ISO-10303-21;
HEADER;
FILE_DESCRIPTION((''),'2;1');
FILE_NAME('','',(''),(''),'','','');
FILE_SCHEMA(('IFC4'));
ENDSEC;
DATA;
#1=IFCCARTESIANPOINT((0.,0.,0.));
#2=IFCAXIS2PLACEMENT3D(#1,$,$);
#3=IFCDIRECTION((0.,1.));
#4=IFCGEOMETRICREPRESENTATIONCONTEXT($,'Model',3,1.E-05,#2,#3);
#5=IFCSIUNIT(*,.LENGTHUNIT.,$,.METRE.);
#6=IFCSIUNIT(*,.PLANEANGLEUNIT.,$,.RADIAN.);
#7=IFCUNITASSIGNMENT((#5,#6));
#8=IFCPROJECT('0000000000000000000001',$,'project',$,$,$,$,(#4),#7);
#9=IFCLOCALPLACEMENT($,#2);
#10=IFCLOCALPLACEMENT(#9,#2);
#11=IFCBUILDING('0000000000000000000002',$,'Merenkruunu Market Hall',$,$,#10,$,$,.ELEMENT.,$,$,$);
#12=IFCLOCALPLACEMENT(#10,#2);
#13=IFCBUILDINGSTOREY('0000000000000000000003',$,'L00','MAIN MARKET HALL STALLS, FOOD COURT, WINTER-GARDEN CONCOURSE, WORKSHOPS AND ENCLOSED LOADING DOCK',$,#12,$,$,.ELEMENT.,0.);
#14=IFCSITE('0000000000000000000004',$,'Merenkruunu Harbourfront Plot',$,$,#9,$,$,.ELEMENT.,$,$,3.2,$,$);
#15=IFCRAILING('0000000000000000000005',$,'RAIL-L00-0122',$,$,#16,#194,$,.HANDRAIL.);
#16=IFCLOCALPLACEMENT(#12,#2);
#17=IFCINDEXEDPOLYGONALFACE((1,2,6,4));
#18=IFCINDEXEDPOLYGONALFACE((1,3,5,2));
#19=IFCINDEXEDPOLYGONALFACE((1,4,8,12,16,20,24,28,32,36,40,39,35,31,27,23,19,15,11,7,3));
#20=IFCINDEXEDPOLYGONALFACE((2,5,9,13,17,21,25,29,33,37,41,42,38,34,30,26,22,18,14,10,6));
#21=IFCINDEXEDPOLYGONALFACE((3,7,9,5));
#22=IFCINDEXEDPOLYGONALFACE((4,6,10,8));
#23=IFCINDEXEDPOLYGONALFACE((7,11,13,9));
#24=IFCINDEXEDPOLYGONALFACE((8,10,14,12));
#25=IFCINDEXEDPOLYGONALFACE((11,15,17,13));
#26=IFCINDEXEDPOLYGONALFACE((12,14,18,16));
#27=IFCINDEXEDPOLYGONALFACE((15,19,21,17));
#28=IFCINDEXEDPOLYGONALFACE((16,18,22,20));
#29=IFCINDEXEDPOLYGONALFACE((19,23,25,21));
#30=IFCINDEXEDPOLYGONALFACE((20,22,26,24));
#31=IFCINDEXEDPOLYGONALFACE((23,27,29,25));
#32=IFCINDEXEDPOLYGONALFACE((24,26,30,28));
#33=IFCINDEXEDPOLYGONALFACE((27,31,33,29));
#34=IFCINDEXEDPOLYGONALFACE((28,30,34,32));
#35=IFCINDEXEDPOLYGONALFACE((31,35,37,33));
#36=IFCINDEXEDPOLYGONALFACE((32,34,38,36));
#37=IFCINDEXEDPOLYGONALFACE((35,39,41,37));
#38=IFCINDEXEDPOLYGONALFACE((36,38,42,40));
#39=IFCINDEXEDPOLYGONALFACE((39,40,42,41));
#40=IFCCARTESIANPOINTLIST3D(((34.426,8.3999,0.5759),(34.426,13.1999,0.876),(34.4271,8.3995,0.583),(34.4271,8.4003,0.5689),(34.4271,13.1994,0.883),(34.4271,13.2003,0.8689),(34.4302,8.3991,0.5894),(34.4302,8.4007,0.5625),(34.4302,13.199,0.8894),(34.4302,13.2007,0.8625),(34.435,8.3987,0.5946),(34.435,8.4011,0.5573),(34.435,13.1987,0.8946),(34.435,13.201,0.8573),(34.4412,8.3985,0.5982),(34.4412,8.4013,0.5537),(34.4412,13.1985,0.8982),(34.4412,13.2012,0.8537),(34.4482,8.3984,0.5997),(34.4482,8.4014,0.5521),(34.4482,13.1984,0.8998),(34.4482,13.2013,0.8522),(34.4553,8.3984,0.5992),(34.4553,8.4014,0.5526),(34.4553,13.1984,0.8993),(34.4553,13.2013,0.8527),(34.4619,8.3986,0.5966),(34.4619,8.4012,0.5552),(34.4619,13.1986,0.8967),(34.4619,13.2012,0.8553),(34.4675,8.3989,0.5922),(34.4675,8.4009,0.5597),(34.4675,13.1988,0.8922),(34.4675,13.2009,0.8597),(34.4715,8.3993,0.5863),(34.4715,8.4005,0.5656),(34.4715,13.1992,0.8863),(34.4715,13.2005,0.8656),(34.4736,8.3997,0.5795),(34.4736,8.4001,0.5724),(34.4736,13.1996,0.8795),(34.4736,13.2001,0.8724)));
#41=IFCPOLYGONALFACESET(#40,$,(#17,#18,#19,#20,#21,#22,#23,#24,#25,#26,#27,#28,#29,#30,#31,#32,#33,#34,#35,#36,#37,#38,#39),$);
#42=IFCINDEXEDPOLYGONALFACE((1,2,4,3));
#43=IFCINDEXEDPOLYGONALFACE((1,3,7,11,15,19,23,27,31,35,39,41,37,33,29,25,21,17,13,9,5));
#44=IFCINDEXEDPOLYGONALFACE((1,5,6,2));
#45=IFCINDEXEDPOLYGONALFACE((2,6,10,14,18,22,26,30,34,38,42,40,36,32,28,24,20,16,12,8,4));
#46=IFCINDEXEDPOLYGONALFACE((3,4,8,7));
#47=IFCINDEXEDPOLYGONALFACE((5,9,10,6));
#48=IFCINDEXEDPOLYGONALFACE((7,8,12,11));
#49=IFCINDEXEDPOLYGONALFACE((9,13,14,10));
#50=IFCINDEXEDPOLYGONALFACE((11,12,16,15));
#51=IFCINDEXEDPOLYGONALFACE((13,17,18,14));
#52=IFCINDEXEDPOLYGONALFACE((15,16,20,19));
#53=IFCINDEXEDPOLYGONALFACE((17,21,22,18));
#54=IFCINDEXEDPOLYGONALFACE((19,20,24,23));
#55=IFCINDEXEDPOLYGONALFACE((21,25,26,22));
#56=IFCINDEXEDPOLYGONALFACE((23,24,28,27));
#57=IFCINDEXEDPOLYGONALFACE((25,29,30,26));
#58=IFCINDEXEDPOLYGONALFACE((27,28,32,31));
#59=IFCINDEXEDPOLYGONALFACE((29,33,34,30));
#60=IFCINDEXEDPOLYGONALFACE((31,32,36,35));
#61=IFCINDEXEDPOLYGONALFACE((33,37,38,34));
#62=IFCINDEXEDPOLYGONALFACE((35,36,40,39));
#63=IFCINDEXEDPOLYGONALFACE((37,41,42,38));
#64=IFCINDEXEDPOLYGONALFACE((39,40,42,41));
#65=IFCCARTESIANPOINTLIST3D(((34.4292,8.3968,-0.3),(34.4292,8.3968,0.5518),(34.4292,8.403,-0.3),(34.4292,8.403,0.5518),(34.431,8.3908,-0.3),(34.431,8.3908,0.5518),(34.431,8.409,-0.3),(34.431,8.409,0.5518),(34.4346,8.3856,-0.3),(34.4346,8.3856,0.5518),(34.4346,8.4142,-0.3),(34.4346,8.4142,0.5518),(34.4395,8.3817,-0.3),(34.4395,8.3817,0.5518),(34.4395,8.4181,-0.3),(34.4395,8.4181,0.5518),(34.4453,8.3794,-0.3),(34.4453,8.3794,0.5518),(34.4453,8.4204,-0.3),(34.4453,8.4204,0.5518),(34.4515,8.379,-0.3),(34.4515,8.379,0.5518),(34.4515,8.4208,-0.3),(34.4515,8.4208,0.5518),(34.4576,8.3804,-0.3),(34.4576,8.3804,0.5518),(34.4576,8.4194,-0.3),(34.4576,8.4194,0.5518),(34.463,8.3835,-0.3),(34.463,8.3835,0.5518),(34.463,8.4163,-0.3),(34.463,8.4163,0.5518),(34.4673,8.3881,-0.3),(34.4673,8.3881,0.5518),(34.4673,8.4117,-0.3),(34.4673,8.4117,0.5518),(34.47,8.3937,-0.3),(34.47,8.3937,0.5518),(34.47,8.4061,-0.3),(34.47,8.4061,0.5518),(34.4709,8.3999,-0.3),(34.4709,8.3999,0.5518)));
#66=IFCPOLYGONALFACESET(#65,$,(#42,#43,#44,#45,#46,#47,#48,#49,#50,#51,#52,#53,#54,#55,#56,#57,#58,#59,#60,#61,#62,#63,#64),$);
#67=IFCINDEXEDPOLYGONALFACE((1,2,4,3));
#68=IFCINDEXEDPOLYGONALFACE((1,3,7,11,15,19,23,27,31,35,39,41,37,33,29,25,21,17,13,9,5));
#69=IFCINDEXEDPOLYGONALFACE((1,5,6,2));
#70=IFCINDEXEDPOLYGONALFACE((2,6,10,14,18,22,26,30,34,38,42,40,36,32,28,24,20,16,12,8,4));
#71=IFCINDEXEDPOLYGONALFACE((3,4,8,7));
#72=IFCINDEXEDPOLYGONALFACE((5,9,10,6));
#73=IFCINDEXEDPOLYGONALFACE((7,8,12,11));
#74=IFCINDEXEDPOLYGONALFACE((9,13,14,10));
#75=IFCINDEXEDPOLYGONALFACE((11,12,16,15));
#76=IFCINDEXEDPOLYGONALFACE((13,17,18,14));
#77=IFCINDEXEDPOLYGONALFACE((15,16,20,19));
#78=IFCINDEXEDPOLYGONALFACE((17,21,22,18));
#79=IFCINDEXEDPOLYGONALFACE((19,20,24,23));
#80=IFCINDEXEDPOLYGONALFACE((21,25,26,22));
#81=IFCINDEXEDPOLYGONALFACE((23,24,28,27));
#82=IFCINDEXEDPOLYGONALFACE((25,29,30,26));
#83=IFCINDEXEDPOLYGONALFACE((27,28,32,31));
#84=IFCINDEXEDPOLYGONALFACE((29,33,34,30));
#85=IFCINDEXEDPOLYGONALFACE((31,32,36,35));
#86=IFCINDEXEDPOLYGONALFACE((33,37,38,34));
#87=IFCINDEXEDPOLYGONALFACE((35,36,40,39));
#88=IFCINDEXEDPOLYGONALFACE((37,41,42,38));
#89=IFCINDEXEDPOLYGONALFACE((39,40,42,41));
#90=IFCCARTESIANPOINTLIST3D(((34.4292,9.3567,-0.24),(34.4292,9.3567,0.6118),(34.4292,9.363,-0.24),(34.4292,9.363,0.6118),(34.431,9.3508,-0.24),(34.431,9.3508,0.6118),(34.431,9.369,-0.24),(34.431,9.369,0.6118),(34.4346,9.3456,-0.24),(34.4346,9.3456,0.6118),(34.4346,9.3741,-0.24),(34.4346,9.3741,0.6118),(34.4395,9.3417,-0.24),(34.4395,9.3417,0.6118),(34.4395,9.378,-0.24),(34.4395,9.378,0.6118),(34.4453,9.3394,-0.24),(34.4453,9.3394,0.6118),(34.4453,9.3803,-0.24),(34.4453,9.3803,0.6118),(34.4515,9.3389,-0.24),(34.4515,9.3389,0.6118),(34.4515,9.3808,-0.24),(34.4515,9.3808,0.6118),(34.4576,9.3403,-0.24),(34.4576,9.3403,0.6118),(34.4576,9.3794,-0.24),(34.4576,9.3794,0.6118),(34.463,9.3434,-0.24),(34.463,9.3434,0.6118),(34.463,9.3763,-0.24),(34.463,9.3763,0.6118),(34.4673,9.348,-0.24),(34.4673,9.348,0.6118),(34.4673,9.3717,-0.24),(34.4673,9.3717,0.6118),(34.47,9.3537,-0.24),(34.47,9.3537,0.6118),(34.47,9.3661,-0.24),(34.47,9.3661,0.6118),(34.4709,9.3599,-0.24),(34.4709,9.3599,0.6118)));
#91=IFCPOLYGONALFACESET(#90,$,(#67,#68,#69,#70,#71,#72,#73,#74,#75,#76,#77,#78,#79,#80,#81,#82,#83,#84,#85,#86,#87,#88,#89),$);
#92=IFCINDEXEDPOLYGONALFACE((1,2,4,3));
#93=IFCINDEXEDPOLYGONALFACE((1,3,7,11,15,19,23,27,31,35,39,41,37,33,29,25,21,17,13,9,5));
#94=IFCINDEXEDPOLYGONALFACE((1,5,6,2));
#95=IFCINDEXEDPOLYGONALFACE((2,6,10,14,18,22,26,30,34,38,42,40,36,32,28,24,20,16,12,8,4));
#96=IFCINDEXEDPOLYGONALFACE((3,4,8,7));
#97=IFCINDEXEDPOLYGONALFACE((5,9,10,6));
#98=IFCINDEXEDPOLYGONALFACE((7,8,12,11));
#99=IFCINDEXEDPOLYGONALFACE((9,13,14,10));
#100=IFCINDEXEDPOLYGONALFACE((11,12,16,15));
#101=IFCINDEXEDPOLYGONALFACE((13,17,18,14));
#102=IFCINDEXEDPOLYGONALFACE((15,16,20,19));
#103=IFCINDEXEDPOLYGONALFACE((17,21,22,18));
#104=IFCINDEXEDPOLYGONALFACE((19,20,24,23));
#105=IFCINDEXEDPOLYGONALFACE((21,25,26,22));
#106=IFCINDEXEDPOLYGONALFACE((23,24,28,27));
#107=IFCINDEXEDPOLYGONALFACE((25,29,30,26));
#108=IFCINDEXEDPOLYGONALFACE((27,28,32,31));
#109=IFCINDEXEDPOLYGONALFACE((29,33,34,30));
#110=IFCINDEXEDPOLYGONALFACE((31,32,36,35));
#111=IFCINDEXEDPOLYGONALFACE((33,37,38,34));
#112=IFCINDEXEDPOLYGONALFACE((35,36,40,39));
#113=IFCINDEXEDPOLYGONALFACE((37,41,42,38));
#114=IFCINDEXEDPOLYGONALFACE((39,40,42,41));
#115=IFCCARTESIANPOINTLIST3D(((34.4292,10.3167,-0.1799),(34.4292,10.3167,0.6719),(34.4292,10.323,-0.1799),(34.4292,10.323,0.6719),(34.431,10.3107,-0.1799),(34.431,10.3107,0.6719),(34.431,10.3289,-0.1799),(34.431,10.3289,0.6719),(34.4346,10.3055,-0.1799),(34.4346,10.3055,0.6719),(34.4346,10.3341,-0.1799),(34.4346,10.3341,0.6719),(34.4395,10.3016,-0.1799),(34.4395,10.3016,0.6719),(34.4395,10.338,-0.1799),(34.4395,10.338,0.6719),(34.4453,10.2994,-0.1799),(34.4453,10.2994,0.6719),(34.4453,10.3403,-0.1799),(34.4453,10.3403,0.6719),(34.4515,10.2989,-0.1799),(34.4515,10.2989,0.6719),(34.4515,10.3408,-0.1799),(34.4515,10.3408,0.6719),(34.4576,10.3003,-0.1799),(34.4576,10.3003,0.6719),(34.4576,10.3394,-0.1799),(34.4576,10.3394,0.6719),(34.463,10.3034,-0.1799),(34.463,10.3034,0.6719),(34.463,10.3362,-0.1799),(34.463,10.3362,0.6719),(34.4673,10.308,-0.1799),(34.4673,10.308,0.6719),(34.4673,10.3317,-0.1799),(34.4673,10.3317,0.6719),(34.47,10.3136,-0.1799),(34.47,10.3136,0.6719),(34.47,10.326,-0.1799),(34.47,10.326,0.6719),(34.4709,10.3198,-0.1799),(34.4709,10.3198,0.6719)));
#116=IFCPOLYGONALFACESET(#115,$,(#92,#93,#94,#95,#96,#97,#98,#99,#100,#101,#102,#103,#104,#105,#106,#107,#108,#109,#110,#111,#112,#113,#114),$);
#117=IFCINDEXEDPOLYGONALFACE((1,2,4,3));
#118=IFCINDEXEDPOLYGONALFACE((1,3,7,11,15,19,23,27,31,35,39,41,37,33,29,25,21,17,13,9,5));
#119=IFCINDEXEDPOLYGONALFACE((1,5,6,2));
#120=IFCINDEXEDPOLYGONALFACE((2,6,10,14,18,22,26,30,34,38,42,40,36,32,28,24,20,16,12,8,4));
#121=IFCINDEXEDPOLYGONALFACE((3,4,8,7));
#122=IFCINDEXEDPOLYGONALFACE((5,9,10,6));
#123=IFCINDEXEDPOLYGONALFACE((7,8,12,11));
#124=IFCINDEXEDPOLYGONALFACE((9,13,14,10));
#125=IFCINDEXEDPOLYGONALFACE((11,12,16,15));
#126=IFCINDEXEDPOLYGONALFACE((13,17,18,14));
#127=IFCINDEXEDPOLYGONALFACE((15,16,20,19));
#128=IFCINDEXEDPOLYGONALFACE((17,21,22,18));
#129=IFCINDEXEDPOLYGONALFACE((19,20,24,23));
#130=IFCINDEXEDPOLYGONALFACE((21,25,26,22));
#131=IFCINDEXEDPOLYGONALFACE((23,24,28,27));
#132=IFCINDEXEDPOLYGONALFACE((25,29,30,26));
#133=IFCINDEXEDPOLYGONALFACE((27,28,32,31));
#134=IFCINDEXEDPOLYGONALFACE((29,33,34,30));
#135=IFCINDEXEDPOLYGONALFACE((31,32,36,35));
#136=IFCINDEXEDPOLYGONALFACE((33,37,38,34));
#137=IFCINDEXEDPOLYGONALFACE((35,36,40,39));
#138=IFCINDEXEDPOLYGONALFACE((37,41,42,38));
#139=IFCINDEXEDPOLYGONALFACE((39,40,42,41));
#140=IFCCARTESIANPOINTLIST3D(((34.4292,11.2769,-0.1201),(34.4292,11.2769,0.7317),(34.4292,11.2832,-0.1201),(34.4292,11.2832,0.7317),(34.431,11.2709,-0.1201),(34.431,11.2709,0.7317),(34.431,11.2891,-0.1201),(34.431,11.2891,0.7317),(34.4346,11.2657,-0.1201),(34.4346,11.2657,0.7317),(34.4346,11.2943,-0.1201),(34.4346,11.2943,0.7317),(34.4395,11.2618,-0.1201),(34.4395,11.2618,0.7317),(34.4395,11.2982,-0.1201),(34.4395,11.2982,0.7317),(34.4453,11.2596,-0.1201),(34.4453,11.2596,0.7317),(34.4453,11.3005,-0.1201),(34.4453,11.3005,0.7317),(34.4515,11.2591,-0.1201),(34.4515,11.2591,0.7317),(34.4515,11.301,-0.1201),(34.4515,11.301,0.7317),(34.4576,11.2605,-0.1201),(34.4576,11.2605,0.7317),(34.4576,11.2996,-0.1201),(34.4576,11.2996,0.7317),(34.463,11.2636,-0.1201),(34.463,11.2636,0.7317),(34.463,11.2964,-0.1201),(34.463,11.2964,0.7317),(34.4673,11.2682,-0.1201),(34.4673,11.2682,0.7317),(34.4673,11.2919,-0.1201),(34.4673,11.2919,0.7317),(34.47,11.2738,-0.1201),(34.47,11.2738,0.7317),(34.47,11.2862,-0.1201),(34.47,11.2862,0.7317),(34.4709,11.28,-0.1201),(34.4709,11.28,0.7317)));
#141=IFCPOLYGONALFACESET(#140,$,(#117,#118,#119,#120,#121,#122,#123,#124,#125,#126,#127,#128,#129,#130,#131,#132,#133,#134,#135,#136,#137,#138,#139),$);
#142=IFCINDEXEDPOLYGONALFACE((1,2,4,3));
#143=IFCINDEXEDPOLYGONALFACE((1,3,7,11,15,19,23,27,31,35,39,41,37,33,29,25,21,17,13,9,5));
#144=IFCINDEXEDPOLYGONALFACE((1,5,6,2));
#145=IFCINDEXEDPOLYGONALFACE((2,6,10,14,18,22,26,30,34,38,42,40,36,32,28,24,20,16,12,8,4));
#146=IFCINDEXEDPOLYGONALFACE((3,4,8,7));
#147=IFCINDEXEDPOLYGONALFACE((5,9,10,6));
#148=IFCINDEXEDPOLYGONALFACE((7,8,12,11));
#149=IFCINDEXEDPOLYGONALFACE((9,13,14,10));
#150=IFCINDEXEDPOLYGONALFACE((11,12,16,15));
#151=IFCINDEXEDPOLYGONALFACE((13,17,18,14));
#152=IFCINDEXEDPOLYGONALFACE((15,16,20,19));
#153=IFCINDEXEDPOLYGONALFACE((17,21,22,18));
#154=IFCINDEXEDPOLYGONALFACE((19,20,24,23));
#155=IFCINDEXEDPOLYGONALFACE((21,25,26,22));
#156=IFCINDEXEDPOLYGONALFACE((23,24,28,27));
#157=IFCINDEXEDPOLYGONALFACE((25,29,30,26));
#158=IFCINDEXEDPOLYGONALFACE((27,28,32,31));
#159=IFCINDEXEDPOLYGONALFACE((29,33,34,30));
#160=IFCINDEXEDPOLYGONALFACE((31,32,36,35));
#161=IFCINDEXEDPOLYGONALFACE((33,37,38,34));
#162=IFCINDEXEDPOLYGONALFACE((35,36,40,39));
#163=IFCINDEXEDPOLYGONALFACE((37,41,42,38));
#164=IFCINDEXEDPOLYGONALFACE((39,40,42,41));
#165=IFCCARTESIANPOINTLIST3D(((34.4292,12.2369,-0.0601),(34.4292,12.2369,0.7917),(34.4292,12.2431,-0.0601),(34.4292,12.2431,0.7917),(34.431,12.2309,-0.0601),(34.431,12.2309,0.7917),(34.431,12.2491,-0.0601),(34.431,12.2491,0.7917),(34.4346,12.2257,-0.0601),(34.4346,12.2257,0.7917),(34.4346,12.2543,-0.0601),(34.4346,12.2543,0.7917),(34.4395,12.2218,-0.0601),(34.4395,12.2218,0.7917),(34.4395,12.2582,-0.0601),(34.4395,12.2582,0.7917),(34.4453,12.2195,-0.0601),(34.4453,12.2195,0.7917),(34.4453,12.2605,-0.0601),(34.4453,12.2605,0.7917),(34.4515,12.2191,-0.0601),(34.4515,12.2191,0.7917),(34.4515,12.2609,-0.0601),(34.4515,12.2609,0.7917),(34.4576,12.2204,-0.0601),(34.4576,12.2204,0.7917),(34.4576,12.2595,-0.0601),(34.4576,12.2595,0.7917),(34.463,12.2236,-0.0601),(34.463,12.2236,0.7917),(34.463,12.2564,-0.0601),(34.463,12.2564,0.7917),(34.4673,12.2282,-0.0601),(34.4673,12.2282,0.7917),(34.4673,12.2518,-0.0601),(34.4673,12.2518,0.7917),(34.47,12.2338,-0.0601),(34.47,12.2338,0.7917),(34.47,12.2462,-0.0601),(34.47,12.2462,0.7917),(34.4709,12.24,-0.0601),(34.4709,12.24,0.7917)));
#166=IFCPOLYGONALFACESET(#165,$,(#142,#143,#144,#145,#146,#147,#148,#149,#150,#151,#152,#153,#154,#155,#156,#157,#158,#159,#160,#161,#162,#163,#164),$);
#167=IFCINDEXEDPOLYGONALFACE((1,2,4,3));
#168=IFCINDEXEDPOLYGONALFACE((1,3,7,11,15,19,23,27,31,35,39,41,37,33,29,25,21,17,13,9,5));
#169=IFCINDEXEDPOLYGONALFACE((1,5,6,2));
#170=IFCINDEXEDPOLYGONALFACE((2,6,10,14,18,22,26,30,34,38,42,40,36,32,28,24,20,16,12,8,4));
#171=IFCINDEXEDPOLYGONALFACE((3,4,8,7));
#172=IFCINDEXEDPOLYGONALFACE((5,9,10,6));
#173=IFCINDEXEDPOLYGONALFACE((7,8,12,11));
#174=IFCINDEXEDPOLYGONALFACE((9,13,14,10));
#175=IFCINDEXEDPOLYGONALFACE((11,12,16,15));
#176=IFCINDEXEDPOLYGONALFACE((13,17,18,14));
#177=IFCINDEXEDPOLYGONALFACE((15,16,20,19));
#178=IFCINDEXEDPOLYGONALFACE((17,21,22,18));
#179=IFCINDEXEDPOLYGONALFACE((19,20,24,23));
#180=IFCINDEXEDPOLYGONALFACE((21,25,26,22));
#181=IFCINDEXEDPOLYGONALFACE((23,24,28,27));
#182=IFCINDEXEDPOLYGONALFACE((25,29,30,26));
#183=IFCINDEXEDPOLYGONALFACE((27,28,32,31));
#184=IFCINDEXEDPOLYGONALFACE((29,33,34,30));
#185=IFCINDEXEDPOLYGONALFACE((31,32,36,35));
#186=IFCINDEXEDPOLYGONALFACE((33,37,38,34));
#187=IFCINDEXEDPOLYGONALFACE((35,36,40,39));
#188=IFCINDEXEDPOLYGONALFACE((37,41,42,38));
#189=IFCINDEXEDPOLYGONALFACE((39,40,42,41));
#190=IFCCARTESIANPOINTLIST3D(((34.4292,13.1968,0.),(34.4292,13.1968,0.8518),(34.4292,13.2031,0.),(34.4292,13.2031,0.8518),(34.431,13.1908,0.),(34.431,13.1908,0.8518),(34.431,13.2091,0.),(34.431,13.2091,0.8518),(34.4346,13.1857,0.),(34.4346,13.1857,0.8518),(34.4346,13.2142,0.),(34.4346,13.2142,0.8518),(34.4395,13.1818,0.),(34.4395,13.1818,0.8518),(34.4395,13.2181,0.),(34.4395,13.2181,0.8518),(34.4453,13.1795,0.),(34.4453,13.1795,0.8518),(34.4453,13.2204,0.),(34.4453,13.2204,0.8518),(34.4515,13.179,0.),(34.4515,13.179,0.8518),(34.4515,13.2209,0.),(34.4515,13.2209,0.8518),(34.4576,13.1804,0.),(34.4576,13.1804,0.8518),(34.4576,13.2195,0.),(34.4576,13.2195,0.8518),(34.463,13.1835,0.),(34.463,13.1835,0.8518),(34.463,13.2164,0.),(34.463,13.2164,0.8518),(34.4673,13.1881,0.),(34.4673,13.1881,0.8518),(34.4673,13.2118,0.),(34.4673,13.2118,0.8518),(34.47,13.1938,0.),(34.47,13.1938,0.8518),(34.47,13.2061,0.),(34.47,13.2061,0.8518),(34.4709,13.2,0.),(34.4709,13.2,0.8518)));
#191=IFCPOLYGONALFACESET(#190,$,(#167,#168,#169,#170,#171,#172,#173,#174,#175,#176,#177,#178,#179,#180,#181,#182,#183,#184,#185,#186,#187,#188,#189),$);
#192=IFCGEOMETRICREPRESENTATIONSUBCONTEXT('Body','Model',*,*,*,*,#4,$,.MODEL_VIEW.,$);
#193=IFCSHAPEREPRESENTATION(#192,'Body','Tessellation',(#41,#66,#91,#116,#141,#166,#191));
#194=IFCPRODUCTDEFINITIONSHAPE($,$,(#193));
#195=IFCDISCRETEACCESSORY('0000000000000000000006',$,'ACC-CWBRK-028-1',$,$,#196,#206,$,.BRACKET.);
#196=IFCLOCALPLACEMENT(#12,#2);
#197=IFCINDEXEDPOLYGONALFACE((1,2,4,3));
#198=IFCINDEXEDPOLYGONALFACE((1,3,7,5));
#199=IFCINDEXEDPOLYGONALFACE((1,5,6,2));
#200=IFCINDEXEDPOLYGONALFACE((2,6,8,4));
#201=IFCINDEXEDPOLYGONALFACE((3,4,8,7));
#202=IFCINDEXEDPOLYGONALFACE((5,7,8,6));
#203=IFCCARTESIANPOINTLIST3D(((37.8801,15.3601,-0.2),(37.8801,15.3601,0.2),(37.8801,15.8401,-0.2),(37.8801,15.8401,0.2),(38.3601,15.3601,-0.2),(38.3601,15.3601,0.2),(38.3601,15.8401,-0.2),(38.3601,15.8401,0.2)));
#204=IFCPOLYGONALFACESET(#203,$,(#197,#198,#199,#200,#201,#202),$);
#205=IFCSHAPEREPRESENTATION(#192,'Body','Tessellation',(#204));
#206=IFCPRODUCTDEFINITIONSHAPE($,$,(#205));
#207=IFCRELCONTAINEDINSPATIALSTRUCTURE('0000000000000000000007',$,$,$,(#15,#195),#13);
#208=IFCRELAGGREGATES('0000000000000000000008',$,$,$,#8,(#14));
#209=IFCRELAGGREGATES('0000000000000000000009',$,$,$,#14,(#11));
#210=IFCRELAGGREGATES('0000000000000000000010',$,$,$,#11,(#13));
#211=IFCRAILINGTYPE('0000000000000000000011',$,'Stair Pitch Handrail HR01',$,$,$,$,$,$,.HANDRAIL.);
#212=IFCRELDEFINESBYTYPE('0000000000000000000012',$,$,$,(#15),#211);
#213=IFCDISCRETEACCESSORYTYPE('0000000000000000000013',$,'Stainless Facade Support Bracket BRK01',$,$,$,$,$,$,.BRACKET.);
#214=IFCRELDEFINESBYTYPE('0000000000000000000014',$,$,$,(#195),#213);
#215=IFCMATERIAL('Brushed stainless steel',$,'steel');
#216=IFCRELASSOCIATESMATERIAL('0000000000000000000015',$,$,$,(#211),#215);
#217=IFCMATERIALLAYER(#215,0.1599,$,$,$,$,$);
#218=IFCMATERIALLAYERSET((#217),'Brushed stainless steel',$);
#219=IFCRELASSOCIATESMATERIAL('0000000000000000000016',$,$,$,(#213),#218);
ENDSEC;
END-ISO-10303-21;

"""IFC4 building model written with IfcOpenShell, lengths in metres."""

from ifc_helpers import new_model, si_unit, direction, frame, origin, origin_2d, place, context, subcontext, project, spatial, rectangle, circle, extrude, material, layer, layer_set, type_object, element, save


model = new_model("IFC4")

# Units and contexts
model_context = context("Model", 3, precision=1e-05, world=origin(), true_north=direction((0.0, 1.0)))
body_context = subcontext(model_context, "Body", "Model", "MODEL_VIEW")
ifc_project = project(units=[si_unit("LENGTHUNIT", "METRE"), si_unit("PLANEANGLEUNIT", "RADIAN")], contexts=[model_context])

# Site, building, storey
site_placement = place(None, origin())
site = spatial("IfcSite", under=ifc_project, at=site_placement, Name="Merenkruunu Harbourfront Plot", CompositionType="ELEMENT", RefElevation=3.2)
building_placement = place(site_placement, origin())
building = spatial("IfcBuilding", under=site, at=building_placement, Name="Merenkruunu Market Hall", CompositionType="ELEMENT")
storey_placement = place(building_placement, origin())
storey = spatial("IfcBuildingStorey", under=building, at=storey_placement, Name="L00", Description="MAIN MARKET HALL STALLS, FOOD COURT, WINTER-GARDEN CONCOURSE, WORKSHOPS AND ENCLOSED LOADING DOCK", CompositionType="ELEMENT", Elevation=0.0)

# Railing
ifc_material_1 = material(Name="Brushed stainless steel", Category="steel")
railing_type = type_object("IfcRailingType", Name="Stair Pitch Handrail HR01", PredefinedType="HANDRAIL", material=ifc_material_1)
for number, where, name in (
    (1, (34.45, 8.3999, -0.3), "RAIL-L00-0122"),
):
    element("IfcRailing", number, at=place(storey_placement, frame(where)), inside=storey, type_object=railing_type, Name=name, PredefinedType="HANDRAIL", context=body_context, shape_type="SweptSolid", body=[
        extrude(circle(Radius=0.0239, at=origin_2d()), frame((0.0, 0.0, 0.876), z_axis=(0.0, 0.998052, 0.062388), x_axis=(-1.0, 0.0, 0.0)), (0.0, 0.0, 1.0), 4.8093),
        extrude(circle(Radius=0.021, at=origin_2d()), origin(), (0.0, 0.0, 1.0), 0.8518),
        extrude(circle(Radius=0.021, at=origin_2d()), frame((0.0, 0.96, 0.0601)), (0.0, 0.0, 1.0), 0.8518),
        extrude(circle(Radius=0.021, at=origin_2d()), frame((0.0, 1.9199, 0.1201)), (0.0, 0.0, 1.0), 0.8518),
        extrude(circle(Radius=0.021, at=origin_2d()), frame((0.0, 2.8801, 0.1799)), (0.0, 0.0, 1.0), 0.8518),
        extrude(circle(Radius=0.021, at=origin_2d()), frame((0.0, 3.8401, 0.24)), (0.0, 0.0, 1.0), 0.8518),
        extrude(circle(Radius=0.021, at=origin_2d()), frame((0.0, 4.8, 0.3)), (0.0, 0.0, 1.0), 0.8518),
    ])

# Discrete accessory
ifc_layer_1 = layer(ifc_material_1, 0.1599)
ifc_layer_set_1 = layer_set([ifc_layer_1], Name="Brushed stainless steel")
discrete_accessory_type = type_object("IfcDiscreteAccessoryType", Name="Stainless Facade Support Bracket BRK01", PredefinedType="BRACKET", material=ifc_layer_set_1)
for number, where, z_axis, x_axis, name in (
    (2, (38.1201, 15.6001, -0.2), (0.0, 0.0, 1.0), (1.0, 0.0, 0.0), "ACC-CWBRK-028-1"),
):
    element("IfcDiscreteAccessory", number, at=place(storey_placement, frame(where, z_axis=z_axis, x_axis=x_axis)), inside=storey, type_object=discrete_accessory_type, Name=name, PredefinedType="BRACKET", context=body_context, shape_type="SweptSolid", body=[
        extrude(rectangle(XDim=0.48, YDim=0.48, at=origin_2d()), origin(), (0.0, 0.0, 1.0), 0.3999),
    ])

save(model, "model.ifc")
